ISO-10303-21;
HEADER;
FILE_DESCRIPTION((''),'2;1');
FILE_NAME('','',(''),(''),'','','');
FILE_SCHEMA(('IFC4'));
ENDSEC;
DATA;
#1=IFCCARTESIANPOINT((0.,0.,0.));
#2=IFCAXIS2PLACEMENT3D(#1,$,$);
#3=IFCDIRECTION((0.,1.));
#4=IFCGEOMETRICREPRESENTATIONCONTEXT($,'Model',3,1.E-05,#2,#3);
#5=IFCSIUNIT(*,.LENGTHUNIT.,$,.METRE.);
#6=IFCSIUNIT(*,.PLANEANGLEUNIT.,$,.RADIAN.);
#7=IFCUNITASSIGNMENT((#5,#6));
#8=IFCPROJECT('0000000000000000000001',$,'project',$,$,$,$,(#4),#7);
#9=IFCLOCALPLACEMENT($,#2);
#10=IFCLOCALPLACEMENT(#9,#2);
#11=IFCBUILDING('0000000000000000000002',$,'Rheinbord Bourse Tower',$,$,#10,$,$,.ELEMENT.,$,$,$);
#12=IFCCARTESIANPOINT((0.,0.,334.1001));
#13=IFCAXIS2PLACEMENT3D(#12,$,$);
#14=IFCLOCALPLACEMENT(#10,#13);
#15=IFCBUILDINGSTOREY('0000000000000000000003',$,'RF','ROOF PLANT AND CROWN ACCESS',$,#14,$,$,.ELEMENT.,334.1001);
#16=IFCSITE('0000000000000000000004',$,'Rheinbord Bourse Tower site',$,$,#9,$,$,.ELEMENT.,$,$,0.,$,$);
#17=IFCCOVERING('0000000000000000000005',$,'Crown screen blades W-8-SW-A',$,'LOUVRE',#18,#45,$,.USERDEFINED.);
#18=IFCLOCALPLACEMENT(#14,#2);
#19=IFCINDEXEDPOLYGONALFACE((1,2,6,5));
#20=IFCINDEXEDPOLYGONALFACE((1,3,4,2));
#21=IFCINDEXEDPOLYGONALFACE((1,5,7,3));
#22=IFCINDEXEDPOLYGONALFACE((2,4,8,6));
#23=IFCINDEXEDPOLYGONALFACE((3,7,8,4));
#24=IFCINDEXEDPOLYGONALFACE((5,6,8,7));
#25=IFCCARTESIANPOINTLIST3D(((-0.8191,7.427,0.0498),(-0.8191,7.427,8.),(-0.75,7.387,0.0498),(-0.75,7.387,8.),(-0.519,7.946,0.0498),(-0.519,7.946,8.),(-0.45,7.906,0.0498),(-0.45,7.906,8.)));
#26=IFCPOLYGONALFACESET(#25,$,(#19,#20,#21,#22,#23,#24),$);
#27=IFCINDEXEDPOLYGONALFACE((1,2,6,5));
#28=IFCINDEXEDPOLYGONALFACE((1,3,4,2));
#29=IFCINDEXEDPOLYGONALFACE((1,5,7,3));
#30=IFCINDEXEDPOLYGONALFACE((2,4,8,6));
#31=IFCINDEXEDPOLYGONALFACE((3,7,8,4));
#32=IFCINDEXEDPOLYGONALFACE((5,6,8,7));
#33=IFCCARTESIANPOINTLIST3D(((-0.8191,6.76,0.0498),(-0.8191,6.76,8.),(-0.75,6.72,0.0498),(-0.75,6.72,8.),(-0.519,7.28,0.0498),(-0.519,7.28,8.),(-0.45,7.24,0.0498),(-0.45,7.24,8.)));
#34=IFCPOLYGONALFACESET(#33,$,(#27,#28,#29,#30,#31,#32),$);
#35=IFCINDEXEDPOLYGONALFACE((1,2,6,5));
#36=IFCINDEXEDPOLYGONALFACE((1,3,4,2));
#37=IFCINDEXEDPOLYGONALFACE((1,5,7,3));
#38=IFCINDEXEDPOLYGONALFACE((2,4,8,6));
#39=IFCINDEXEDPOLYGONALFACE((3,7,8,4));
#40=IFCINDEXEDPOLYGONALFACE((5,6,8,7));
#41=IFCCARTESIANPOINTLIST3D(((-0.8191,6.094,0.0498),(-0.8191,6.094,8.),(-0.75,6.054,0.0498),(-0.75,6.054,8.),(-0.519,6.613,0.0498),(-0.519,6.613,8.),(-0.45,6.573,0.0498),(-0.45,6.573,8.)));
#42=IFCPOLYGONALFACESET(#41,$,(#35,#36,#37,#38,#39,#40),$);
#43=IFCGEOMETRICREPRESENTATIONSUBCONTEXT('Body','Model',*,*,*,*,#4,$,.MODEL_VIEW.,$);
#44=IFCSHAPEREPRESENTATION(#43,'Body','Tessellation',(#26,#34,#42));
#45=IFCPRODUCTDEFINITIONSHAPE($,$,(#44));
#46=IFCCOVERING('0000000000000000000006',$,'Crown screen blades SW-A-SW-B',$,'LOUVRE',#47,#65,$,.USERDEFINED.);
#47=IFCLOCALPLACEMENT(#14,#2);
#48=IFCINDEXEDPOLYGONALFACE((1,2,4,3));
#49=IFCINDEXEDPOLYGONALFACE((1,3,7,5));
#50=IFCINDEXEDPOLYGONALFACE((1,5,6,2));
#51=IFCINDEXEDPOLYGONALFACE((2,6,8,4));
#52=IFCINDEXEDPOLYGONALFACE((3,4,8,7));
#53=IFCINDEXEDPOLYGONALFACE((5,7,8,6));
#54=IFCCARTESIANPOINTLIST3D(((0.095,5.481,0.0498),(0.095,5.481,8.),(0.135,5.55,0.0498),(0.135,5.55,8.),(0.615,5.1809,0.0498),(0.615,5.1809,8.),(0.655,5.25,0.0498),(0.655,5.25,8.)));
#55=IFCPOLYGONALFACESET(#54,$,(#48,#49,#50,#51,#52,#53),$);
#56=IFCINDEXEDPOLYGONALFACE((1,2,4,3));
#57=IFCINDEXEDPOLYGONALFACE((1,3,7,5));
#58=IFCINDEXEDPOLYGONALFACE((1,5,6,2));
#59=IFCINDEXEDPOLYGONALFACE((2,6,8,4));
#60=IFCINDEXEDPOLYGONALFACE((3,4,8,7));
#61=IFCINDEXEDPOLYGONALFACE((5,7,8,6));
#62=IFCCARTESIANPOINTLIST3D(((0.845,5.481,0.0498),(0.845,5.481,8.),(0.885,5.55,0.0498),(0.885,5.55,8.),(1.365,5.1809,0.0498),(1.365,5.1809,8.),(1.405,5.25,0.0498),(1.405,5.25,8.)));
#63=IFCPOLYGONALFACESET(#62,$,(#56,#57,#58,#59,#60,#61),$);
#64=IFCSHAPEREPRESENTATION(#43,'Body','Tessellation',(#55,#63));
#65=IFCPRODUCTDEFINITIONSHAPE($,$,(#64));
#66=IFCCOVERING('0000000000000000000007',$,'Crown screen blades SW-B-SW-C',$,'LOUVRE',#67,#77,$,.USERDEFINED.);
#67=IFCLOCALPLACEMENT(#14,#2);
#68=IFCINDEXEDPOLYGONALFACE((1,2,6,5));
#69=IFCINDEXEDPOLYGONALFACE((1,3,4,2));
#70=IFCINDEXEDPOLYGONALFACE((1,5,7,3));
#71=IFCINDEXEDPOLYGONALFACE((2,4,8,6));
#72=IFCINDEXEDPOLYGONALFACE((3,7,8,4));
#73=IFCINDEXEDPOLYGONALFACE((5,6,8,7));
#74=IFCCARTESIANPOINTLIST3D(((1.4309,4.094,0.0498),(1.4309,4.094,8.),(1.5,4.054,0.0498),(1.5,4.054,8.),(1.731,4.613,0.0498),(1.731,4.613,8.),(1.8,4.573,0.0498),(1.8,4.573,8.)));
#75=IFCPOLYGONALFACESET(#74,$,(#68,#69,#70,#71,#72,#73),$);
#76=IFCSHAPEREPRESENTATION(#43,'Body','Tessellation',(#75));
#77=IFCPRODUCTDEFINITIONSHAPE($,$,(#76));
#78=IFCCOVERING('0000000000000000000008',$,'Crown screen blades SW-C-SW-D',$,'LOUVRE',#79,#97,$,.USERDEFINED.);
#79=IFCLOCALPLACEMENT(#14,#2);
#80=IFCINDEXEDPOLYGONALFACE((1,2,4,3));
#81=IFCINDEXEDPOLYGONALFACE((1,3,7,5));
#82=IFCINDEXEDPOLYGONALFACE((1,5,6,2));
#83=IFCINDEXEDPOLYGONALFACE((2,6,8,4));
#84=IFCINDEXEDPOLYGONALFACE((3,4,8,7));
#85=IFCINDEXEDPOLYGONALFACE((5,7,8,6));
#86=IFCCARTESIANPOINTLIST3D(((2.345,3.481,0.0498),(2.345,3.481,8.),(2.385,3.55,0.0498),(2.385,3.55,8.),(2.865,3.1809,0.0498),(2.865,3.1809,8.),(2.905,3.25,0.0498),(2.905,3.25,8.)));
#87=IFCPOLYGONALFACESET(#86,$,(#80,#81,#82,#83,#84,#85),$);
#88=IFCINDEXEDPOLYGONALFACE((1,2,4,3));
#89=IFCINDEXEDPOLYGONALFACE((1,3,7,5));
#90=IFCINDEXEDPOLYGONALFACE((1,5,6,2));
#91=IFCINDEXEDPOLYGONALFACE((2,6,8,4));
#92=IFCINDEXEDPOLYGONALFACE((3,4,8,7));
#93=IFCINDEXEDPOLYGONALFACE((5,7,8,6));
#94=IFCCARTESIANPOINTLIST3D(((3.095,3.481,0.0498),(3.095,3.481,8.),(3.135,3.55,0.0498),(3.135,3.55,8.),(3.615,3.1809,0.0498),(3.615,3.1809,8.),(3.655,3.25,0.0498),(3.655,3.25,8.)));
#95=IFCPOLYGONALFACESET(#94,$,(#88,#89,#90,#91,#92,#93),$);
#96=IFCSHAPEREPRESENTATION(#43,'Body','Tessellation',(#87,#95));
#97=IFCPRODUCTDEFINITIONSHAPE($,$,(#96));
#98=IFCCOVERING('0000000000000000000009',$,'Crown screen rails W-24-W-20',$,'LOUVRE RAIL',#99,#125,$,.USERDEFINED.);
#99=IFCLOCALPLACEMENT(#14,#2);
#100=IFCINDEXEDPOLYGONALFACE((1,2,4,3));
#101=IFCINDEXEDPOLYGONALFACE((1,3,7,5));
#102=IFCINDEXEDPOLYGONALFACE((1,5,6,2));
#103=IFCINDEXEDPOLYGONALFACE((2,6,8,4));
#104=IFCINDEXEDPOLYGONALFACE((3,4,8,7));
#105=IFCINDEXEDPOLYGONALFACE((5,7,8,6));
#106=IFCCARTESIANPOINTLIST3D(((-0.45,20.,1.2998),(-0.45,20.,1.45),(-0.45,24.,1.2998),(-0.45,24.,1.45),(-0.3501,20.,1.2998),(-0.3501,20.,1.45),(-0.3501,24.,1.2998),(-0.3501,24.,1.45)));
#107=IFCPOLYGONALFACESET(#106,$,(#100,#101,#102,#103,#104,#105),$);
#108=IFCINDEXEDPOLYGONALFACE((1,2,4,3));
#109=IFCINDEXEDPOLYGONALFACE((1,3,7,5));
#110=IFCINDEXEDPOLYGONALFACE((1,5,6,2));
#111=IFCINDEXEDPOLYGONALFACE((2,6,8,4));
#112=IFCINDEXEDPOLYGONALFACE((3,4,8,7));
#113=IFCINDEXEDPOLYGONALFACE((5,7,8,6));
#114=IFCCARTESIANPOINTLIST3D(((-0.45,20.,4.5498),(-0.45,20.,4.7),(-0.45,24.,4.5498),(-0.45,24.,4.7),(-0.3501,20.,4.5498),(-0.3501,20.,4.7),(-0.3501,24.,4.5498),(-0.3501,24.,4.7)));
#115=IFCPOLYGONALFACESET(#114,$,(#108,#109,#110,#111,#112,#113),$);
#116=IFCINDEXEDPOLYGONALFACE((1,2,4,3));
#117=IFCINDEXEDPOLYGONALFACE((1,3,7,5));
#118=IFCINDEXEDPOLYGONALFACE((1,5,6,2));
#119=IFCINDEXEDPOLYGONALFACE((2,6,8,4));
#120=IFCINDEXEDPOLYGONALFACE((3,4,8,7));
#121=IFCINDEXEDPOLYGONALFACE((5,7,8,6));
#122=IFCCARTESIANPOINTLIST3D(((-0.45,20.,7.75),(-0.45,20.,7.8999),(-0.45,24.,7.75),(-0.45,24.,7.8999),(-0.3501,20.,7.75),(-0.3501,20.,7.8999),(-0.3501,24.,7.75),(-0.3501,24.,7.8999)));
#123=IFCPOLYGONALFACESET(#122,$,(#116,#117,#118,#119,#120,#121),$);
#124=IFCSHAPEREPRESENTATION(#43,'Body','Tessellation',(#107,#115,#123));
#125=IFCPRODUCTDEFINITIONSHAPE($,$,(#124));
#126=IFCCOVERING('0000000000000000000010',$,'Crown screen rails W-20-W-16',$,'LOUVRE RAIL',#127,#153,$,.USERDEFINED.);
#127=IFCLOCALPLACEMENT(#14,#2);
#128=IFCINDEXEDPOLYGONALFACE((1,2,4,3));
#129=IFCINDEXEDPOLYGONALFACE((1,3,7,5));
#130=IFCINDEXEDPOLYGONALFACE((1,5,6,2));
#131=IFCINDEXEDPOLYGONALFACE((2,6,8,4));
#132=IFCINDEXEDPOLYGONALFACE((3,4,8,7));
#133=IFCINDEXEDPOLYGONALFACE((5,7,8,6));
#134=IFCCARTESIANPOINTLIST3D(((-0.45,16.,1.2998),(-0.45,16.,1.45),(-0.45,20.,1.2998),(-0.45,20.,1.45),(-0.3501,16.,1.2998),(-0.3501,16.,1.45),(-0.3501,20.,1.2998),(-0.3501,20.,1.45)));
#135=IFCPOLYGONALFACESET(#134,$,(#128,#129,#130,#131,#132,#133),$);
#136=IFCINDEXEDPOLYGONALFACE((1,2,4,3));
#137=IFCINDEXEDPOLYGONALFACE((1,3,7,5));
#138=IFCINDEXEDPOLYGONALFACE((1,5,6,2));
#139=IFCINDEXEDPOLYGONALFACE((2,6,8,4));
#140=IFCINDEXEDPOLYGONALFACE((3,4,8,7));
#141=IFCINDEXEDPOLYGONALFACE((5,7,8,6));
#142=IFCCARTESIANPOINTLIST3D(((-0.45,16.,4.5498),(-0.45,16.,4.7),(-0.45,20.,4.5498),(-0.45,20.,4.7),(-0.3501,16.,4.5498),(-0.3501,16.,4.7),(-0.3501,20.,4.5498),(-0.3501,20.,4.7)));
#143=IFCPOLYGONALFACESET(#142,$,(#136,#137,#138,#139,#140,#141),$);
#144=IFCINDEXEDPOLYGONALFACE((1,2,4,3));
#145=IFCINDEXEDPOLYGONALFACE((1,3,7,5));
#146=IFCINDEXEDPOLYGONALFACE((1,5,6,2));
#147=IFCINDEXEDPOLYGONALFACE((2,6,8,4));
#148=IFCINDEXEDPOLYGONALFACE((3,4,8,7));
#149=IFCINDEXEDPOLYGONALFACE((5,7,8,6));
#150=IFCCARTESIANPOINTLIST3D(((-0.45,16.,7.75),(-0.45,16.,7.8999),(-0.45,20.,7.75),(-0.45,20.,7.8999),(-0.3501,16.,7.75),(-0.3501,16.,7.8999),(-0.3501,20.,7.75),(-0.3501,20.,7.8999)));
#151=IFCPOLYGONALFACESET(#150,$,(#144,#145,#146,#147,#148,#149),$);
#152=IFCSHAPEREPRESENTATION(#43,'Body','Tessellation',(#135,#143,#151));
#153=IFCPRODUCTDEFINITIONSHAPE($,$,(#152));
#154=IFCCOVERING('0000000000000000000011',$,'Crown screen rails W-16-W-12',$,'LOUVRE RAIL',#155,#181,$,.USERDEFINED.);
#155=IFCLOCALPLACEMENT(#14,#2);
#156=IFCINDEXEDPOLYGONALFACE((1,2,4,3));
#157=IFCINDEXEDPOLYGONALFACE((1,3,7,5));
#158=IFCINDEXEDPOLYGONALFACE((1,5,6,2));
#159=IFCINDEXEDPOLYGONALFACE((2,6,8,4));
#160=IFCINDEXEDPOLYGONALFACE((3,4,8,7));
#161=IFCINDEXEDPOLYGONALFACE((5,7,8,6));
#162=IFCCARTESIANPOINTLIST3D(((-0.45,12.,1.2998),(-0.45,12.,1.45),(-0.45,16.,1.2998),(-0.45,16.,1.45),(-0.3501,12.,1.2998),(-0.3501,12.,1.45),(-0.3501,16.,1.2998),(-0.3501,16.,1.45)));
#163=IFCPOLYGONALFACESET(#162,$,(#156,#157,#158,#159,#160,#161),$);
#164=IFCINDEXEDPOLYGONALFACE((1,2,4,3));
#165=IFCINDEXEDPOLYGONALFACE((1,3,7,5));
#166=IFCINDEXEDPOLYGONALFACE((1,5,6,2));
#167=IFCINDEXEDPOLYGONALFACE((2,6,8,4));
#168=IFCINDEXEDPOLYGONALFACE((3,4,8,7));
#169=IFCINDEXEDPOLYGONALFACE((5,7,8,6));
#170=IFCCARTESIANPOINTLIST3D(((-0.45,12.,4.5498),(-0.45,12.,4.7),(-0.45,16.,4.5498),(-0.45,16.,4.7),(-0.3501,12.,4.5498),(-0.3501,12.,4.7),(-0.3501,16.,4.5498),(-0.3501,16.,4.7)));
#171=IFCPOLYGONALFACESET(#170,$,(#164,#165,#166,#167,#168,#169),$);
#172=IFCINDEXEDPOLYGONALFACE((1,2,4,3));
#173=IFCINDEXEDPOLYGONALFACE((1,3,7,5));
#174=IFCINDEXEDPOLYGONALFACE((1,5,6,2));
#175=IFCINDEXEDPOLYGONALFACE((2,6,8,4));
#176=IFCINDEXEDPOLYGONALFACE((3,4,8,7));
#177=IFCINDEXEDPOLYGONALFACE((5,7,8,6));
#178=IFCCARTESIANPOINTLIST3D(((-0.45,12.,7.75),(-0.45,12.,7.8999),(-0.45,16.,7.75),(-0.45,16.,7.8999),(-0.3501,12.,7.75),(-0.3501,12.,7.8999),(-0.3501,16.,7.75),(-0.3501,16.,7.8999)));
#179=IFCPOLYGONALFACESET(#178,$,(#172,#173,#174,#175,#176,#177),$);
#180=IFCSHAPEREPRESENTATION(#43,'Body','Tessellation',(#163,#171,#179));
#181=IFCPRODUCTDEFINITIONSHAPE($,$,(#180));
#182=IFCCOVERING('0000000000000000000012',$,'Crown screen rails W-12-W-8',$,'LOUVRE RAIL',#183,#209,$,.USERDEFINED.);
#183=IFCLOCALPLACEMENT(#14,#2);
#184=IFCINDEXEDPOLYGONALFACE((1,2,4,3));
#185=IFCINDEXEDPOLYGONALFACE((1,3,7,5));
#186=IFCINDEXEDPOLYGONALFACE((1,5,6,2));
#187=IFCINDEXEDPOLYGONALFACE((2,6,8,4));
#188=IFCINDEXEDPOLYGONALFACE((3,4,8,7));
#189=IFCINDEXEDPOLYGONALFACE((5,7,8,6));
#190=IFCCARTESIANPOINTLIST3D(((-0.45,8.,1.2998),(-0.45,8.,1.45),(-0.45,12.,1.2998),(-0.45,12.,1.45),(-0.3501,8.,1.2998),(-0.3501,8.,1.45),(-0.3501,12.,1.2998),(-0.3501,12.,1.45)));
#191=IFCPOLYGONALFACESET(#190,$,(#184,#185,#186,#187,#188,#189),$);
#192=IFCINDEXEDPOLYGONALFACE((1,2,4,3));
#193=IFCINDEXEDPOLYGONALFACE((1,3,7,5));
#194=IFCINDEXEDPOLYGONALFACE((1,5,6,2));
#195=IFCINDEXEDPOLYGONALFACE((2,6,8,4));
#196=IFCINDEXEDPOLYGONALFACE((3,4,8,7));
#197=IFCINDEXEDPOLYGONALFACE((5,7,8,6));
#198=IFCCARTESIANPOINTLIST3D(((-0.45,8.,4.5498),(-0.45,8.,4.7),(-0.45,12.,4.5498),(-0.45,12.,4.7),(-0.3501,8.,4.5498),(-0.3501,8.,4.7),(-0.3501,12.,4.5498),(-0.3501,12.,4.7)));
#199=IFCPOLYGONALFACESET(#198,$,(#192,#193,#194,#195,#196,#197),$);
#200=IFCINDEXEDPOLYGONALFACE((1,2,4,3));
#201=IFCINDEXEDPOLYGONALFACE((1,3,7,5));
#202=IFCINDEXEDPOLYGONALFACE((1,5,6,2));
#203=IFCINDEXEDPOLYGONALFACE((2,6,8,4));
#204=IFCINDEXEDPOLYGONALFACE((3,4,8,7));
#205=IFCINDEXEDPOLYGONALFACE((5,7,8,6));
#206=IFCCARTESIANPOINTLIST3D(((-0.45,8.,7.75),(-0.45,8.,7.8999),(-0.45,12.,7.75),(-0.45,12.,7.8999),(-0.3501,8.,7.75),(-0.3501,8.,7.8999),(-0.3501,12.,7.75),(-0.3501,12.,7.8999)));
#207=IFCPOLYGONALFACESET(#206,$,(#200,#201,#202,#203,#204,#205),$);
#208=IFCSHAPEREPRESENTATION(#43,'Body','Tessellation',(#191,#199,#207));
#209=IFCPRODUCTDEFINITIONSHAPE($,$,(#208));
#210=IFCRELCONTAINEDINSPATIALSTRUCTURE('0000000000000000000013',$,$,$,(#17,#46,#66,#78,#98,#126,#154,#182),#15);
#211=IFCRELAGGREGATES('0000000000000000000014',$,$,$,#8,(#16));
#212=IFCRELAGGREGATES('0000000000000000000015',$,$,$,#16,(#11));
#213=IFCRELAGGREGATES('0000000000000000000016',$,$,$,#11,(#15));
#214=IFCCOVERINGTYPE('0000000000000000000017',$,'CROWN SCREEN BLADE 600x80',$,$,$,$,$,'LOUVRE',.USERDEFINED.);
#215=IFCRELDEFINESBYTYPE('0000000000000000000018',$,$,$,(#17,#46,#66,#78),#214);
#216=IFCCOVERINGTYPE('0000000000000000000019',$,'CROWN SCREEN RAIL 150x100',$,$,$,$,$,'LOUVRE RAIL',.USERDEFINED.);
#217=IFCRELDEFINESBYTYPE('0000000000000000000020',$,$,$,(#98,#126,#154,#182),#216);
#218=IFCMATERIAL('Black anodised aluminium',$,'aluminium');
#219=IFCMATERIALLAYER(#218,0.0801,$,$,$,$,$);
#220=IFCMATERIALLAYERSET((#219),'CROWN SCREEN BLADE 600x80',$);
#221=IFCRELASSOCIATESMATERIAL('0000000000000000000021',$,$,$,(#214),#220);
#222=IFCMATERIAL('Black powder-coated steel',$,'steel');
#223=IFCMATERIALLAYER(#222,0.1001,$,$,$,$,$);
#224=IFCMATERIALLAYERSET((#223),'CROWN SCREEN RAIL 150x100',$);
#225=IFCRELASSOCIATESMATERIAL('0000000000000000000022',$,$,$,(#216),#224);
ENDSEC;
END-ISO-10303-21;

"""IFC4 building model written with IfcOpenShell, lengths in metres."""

from ifc_helpers import new_model, si_unit, direction, frame, origin, place, context, subcontext, project, spatial, polyline, outline, extrude, material, layer, layer_set, type_object, element, save


model = new_model("IFC4")

# Units and contexts
model_context = context("Model", 3, precision=1e-05, world=origin(), true_north=direction((0.0, 1.0)))
body_context = subcontext(model_context, "Body", "Model", "MODEL_VIEW")
ifc_project = project(units=[si_unit("LENGTHUNIT", "METRE"), si_unit("PLANEANGLEUNIT", "RADIAN")], contexts=[model_context])

# Site, building, storey
site_placement = place(None, origin())
site = spatial("IfcSite", under=ifc_project, at=site_placement, Name="Rheinbord Bourse Tower site", CompositionType="ELEMENT", RefElevation=0.0)
building_placement = place(site_placement, origin())
building = spatial("IfcBuilding", under=site, at=building_placement, Name="Rheinbord Bourse Tower", CompositionType="ELEMENT")
storey_placement = place(building_placement, frame((0.0, 0.0, 334.1001)))
storey = spatial("IfcBuildingStorey", under=building, at=storey_placement, Name="RF", Description="ROOF PLANT AND CROWN ACCESS", CompositionType="ELEMENT", Elevation=334.1001)

# Coverings
ifc_material_1 = material(Name="Black anodised aluminium", Category="aluminium")
ifc_layer_1 = layer(ifc_material_1, 0.0801)
ifc_layer_set_1 = layer_set([ifc_layer_1], Name="CROWN SCREEN BLADE 600x80")
covering_type_1 = type_object("IfcCoveringType", Name="CROWN SCREEN BLADE 600x80", ElementType="LOUVRE", PredefinedType="USERDEFINED", material=ifc_layer_set_1)
covering_1_placement = place(storey_placement, frame((0.0, 0.0, 0.0498)))
element("IfcCovering", 1, at=covering_1_placement, inside=storey, type_object=covering_type_1, Name="Crown screen blades W-8-SW-A", ObjectType="LOUVRE", PredefinedType="USERDEFINED", context=body_context, shape_type="SweptSolid", body=[
    extrude(outline(polyline([(-0.45, 7.906), (-0.75, 7.387), (-0.8191, 7.427), (-0.519, 7.946), (-0.45, 7.906)])), origin(), (0.0, 0.0, 1.0), 7.9502),
    extrude(outline(polyline([(-0.45, 7.24), (-0.75, 6.72), (-0.8191, 6.76), (-0.519, 7.28), (-0.45, 7.24)])), origin(), (0.0, 0.0, 1.0), 7.9502),
    extrude(outline(polyline([(-0.45, 6.573), (-0.75, 6.054), (-0.8191, 6.094), (-0.519, 6.613), (-0.45, 6.573)])), origin(), (0.0, 0.0, 1.0), 7.9502),
])
covering_2_placement = place(storey_placement, frame((0.0, 0.0, 0.0498)))
element("IfcCovering", 2, at=covering_2_placement, inside=storey, type_object=covering_type_1, Name="Crown screen blades SW-A-SW-B", ObjectType="LOUVRE", PredefinedType="USERDEFINED", context=body_context, shape_type="SweptSolid", body=[
    extrude(outline(polyline([(0.135, 5.55), (0.655, 5.25), (0.615, 5.1809), (0.095, 5.481), (0.135, 5.55)])), origin(), (0.0, 0.0, 1.0), 7.9502),
    extrude(outline(polyline([(0.885, 5.55), (1.405, 5.25), (1.365, 5.1809), (0.845, 5.481), (0.885, 5.55)])), origin(), (0.0, 0.0, 1.0), 7.9502),
])
covering_3_placement = place(storey_placement, frame((0.0, 0.0, 0.0498)))
element("IfcCovering", 3, at=covering_3_placement, inside=storey, type_object=covering_type_1, Name="Crown screen blades SW-B-SW-C", ObjectType="LOUVRE", PredefinedType="USERDEFINED", context=body_context, shape_type="SweptSolid", body=[
    extrude(outline(polyline([(1.8, 4.573), (1.5, 4.054), (1.4309, 4.094), (1.731, 4.613), (1.8, 4.573)])), origin(), (0.0, 0.0, 1.0), 7.9502),
])
covering_4_placement = place(storey_placement, frame((0.0, 0.0, 0.0498)))
element("IfcCovering", 4, at=covering_4_placement, inside=storey, type_object=covering_type_1, Name="Crown screen blades SW-C-SW-D", ObjectType="LOUVRE", PredefinedType="USERDEFINED", context=body_context, shape_type="SweptSolid", body=[
    extrude(outline(polyline([(2.385, 3.55), (2.905, 3.25), (2.865, 3.1809), (2.345, 3.481), (2.385, 3.55)])), origin(), (0.0, 0.0, 1.0), 7.9502),
    extrude(outline(polyline([(3.135, 3.55), (3.655, 3.25), (3.615, 3.1809), (3.095, 3.481), (3.135, 3.55)])), origin(), (0.0, 0.0, 1.0), 7.9502),
])
ifc_material_2 = material(Name="Black powder-coated steel", Category="steel")
ifc_layer_2 = layer(ifc_material_2, 0.1001)
ifc_layer_set_2 = layer_set([ifc_layer_2], Name="CROWN SCREEN RAIL 150x100")
covering_type_2 = type_object("IfcCoveringType", Name="CROWN SCREEN RAIL 150x100", ElementType="LOUVRE RAIL", PredefinedType="USERDEFINED", material=ifc_layer_set_2)
covering_5_placement = place(storey_placement, frame((0.0, 0.0, 1.2998)))
element("IfcCovering", 5, at=covering_5_placement, inside=storey, type_object=covering_type_2, Name="Crown screen rails W-24-W-20", ObjectType="LOUVRE RAIL", PredefinedType="USERDEFINED", context=body_context, shape_type="SweptSolid", body=[
    extrude(outline(polyline([(-0.3501, 24.0), (-0.3501, 20.0), (-0.45, 20.0), (-0.45, 24.0), (-0.3501, 24.0)])), origin(), (0.0, 0.0, 1.0), 0.1501),
    extrude(outline(polyline([(-0.3501, 24.0), (-0.3501, 20.0), (-0.45, 20.0), (-0.45, 24.0), (-0.3501, 24.0)])), frame((0.0, 0.0, 3.25)), (0.0, 0.0, 1.0), 0.1501),
    extrude(outline(polyline([(-0.3501, 24.0), (-0.3501, 20.0), (-0.45, 20.0), (-0.45, 24.0), (-0.3501, 24.0)])), frame((0.0, 0.0, 6.4502)), (0.0, 0.0, 1.0), 0.1499),
])
covering_6_placement = place(storey_placement, frame((0.0, 0.0, 1.2998)))
element("IfcCovering", 6, at=covering_6_placement, inside=storey, type_object=covering_type_2, Name="Crown screen rails W-20-W-16", ObjectType="LOUVRE RAIL", PredefinedType="USERDEFINED", context=body_context, shape_type="SweptSolid", body=[
    extrude(outline(polyline([(-0.3501, 20.0), (-0.3501, 16.0), (-0.45, 16.0), (-0.45, 20.0), (-0.3501, 20.0)])), origin(), (0.0, 0.0, 1.0), 0.1501),
    extrude(outline(polyline([(-0.3501, 20.0), (-0.3501, 16.0), (-0.45, 16.0), (-0.45, 20.0), (-0.3501, 20.0)])), frame((0.0, 0.0, 3.25)), (0.0, 0.0, 1.0), 0.1501),
    extrude(outline(polyline([(-0.3501, 20.0), (-0.3501, 16.0), (-0.45, 16.0), (-0.45, 20.0), (-0.3501, 20.0)])), frame((0.0, 0.0, 6.4502)), (0.0, 0.0, 1.0), 0.1499),
])
covering_7_placement = place(storey_placement, frame((0.0, 0.0, 1.2998)))
element("IfcCovering", 7, at=covering_7_placement, inside=storey, type_object=covering_type_2, Name="Crown screen rails W-16-W-12", ObjectType="LOUVRE RAIL", PredefinedType="USERDEFINED", context=body_context, shape_type="SweptSolid", body=[
    extrude(outline(polyline([(-0.3501, 16.0), (-0.3501, 12.0), (-0.45, 12.0), (-0.45, 16.0), (-0.3501, 16.0)])), origin(), (0.0, 0.0, 1.0), 0.1501),
    extrude(outline(polyline([(-0.3501, 16.0), (-0.3501, 12.0), (-0.45, 12.0), (-0.45, 16.0), (-0.3501, 16.0)])), frame((0.0, 0.0, 3.25)), (0.0, 0.0, 1.0), 0.1501),
    extrude(outline(polyline([(-0.3501, 16.0), (-0.3501, 12.0), (-0.45, 12.0), (-0.45, 16.0), (-0.3501, 16.0)])), frame((0.0, 0.0, 6.4502)), (0.0, 0.0, 1.0), 0.1499),
])
covering_8_placement = place(storey_placement, frame((0.0, 0.0, 1.2998)))
element("IfcCovering", 8, at=covering_8_placement, inside=storey, type_object=covering_type_2, Name="Crown screen rails W-12-W-8", ObjectType="LOUVRE RAIL", PredefinedType="USERDEFINED", context=body_context, shape_type="SweptSolid", body=[
    extrude(outline(polyline([(-0.3501, 12.0), (-0.3501, 8.0), (-0.45, 8.0), (-0.45, 12.0), (-0.3501, 12.0)])), origin(), (0.0, 0.0, 1.0), 0.1501),
    extrude(outline(polyline([(-0.3501, 12.0), (-0.3501, 8.0), (-0.45, 8.0), (-0.45, 12.0), (-0.3501, 12.0)])), frame((0.0, 0.0, 3.25)), (0.0, 0.0, 1.0), 0.1501),
    extrude(outline(polyline([(-0.3501, 12.0), (-0.3501, 8.0), (-0.45, 8.0), (-0.45, 12.0), (-0.3501, 12.0)])), frame((0.0, 0.0, 6.4502)), (0.0, 0.0, 1.0), 0.1499),
])

save(model, "model.ifc")
